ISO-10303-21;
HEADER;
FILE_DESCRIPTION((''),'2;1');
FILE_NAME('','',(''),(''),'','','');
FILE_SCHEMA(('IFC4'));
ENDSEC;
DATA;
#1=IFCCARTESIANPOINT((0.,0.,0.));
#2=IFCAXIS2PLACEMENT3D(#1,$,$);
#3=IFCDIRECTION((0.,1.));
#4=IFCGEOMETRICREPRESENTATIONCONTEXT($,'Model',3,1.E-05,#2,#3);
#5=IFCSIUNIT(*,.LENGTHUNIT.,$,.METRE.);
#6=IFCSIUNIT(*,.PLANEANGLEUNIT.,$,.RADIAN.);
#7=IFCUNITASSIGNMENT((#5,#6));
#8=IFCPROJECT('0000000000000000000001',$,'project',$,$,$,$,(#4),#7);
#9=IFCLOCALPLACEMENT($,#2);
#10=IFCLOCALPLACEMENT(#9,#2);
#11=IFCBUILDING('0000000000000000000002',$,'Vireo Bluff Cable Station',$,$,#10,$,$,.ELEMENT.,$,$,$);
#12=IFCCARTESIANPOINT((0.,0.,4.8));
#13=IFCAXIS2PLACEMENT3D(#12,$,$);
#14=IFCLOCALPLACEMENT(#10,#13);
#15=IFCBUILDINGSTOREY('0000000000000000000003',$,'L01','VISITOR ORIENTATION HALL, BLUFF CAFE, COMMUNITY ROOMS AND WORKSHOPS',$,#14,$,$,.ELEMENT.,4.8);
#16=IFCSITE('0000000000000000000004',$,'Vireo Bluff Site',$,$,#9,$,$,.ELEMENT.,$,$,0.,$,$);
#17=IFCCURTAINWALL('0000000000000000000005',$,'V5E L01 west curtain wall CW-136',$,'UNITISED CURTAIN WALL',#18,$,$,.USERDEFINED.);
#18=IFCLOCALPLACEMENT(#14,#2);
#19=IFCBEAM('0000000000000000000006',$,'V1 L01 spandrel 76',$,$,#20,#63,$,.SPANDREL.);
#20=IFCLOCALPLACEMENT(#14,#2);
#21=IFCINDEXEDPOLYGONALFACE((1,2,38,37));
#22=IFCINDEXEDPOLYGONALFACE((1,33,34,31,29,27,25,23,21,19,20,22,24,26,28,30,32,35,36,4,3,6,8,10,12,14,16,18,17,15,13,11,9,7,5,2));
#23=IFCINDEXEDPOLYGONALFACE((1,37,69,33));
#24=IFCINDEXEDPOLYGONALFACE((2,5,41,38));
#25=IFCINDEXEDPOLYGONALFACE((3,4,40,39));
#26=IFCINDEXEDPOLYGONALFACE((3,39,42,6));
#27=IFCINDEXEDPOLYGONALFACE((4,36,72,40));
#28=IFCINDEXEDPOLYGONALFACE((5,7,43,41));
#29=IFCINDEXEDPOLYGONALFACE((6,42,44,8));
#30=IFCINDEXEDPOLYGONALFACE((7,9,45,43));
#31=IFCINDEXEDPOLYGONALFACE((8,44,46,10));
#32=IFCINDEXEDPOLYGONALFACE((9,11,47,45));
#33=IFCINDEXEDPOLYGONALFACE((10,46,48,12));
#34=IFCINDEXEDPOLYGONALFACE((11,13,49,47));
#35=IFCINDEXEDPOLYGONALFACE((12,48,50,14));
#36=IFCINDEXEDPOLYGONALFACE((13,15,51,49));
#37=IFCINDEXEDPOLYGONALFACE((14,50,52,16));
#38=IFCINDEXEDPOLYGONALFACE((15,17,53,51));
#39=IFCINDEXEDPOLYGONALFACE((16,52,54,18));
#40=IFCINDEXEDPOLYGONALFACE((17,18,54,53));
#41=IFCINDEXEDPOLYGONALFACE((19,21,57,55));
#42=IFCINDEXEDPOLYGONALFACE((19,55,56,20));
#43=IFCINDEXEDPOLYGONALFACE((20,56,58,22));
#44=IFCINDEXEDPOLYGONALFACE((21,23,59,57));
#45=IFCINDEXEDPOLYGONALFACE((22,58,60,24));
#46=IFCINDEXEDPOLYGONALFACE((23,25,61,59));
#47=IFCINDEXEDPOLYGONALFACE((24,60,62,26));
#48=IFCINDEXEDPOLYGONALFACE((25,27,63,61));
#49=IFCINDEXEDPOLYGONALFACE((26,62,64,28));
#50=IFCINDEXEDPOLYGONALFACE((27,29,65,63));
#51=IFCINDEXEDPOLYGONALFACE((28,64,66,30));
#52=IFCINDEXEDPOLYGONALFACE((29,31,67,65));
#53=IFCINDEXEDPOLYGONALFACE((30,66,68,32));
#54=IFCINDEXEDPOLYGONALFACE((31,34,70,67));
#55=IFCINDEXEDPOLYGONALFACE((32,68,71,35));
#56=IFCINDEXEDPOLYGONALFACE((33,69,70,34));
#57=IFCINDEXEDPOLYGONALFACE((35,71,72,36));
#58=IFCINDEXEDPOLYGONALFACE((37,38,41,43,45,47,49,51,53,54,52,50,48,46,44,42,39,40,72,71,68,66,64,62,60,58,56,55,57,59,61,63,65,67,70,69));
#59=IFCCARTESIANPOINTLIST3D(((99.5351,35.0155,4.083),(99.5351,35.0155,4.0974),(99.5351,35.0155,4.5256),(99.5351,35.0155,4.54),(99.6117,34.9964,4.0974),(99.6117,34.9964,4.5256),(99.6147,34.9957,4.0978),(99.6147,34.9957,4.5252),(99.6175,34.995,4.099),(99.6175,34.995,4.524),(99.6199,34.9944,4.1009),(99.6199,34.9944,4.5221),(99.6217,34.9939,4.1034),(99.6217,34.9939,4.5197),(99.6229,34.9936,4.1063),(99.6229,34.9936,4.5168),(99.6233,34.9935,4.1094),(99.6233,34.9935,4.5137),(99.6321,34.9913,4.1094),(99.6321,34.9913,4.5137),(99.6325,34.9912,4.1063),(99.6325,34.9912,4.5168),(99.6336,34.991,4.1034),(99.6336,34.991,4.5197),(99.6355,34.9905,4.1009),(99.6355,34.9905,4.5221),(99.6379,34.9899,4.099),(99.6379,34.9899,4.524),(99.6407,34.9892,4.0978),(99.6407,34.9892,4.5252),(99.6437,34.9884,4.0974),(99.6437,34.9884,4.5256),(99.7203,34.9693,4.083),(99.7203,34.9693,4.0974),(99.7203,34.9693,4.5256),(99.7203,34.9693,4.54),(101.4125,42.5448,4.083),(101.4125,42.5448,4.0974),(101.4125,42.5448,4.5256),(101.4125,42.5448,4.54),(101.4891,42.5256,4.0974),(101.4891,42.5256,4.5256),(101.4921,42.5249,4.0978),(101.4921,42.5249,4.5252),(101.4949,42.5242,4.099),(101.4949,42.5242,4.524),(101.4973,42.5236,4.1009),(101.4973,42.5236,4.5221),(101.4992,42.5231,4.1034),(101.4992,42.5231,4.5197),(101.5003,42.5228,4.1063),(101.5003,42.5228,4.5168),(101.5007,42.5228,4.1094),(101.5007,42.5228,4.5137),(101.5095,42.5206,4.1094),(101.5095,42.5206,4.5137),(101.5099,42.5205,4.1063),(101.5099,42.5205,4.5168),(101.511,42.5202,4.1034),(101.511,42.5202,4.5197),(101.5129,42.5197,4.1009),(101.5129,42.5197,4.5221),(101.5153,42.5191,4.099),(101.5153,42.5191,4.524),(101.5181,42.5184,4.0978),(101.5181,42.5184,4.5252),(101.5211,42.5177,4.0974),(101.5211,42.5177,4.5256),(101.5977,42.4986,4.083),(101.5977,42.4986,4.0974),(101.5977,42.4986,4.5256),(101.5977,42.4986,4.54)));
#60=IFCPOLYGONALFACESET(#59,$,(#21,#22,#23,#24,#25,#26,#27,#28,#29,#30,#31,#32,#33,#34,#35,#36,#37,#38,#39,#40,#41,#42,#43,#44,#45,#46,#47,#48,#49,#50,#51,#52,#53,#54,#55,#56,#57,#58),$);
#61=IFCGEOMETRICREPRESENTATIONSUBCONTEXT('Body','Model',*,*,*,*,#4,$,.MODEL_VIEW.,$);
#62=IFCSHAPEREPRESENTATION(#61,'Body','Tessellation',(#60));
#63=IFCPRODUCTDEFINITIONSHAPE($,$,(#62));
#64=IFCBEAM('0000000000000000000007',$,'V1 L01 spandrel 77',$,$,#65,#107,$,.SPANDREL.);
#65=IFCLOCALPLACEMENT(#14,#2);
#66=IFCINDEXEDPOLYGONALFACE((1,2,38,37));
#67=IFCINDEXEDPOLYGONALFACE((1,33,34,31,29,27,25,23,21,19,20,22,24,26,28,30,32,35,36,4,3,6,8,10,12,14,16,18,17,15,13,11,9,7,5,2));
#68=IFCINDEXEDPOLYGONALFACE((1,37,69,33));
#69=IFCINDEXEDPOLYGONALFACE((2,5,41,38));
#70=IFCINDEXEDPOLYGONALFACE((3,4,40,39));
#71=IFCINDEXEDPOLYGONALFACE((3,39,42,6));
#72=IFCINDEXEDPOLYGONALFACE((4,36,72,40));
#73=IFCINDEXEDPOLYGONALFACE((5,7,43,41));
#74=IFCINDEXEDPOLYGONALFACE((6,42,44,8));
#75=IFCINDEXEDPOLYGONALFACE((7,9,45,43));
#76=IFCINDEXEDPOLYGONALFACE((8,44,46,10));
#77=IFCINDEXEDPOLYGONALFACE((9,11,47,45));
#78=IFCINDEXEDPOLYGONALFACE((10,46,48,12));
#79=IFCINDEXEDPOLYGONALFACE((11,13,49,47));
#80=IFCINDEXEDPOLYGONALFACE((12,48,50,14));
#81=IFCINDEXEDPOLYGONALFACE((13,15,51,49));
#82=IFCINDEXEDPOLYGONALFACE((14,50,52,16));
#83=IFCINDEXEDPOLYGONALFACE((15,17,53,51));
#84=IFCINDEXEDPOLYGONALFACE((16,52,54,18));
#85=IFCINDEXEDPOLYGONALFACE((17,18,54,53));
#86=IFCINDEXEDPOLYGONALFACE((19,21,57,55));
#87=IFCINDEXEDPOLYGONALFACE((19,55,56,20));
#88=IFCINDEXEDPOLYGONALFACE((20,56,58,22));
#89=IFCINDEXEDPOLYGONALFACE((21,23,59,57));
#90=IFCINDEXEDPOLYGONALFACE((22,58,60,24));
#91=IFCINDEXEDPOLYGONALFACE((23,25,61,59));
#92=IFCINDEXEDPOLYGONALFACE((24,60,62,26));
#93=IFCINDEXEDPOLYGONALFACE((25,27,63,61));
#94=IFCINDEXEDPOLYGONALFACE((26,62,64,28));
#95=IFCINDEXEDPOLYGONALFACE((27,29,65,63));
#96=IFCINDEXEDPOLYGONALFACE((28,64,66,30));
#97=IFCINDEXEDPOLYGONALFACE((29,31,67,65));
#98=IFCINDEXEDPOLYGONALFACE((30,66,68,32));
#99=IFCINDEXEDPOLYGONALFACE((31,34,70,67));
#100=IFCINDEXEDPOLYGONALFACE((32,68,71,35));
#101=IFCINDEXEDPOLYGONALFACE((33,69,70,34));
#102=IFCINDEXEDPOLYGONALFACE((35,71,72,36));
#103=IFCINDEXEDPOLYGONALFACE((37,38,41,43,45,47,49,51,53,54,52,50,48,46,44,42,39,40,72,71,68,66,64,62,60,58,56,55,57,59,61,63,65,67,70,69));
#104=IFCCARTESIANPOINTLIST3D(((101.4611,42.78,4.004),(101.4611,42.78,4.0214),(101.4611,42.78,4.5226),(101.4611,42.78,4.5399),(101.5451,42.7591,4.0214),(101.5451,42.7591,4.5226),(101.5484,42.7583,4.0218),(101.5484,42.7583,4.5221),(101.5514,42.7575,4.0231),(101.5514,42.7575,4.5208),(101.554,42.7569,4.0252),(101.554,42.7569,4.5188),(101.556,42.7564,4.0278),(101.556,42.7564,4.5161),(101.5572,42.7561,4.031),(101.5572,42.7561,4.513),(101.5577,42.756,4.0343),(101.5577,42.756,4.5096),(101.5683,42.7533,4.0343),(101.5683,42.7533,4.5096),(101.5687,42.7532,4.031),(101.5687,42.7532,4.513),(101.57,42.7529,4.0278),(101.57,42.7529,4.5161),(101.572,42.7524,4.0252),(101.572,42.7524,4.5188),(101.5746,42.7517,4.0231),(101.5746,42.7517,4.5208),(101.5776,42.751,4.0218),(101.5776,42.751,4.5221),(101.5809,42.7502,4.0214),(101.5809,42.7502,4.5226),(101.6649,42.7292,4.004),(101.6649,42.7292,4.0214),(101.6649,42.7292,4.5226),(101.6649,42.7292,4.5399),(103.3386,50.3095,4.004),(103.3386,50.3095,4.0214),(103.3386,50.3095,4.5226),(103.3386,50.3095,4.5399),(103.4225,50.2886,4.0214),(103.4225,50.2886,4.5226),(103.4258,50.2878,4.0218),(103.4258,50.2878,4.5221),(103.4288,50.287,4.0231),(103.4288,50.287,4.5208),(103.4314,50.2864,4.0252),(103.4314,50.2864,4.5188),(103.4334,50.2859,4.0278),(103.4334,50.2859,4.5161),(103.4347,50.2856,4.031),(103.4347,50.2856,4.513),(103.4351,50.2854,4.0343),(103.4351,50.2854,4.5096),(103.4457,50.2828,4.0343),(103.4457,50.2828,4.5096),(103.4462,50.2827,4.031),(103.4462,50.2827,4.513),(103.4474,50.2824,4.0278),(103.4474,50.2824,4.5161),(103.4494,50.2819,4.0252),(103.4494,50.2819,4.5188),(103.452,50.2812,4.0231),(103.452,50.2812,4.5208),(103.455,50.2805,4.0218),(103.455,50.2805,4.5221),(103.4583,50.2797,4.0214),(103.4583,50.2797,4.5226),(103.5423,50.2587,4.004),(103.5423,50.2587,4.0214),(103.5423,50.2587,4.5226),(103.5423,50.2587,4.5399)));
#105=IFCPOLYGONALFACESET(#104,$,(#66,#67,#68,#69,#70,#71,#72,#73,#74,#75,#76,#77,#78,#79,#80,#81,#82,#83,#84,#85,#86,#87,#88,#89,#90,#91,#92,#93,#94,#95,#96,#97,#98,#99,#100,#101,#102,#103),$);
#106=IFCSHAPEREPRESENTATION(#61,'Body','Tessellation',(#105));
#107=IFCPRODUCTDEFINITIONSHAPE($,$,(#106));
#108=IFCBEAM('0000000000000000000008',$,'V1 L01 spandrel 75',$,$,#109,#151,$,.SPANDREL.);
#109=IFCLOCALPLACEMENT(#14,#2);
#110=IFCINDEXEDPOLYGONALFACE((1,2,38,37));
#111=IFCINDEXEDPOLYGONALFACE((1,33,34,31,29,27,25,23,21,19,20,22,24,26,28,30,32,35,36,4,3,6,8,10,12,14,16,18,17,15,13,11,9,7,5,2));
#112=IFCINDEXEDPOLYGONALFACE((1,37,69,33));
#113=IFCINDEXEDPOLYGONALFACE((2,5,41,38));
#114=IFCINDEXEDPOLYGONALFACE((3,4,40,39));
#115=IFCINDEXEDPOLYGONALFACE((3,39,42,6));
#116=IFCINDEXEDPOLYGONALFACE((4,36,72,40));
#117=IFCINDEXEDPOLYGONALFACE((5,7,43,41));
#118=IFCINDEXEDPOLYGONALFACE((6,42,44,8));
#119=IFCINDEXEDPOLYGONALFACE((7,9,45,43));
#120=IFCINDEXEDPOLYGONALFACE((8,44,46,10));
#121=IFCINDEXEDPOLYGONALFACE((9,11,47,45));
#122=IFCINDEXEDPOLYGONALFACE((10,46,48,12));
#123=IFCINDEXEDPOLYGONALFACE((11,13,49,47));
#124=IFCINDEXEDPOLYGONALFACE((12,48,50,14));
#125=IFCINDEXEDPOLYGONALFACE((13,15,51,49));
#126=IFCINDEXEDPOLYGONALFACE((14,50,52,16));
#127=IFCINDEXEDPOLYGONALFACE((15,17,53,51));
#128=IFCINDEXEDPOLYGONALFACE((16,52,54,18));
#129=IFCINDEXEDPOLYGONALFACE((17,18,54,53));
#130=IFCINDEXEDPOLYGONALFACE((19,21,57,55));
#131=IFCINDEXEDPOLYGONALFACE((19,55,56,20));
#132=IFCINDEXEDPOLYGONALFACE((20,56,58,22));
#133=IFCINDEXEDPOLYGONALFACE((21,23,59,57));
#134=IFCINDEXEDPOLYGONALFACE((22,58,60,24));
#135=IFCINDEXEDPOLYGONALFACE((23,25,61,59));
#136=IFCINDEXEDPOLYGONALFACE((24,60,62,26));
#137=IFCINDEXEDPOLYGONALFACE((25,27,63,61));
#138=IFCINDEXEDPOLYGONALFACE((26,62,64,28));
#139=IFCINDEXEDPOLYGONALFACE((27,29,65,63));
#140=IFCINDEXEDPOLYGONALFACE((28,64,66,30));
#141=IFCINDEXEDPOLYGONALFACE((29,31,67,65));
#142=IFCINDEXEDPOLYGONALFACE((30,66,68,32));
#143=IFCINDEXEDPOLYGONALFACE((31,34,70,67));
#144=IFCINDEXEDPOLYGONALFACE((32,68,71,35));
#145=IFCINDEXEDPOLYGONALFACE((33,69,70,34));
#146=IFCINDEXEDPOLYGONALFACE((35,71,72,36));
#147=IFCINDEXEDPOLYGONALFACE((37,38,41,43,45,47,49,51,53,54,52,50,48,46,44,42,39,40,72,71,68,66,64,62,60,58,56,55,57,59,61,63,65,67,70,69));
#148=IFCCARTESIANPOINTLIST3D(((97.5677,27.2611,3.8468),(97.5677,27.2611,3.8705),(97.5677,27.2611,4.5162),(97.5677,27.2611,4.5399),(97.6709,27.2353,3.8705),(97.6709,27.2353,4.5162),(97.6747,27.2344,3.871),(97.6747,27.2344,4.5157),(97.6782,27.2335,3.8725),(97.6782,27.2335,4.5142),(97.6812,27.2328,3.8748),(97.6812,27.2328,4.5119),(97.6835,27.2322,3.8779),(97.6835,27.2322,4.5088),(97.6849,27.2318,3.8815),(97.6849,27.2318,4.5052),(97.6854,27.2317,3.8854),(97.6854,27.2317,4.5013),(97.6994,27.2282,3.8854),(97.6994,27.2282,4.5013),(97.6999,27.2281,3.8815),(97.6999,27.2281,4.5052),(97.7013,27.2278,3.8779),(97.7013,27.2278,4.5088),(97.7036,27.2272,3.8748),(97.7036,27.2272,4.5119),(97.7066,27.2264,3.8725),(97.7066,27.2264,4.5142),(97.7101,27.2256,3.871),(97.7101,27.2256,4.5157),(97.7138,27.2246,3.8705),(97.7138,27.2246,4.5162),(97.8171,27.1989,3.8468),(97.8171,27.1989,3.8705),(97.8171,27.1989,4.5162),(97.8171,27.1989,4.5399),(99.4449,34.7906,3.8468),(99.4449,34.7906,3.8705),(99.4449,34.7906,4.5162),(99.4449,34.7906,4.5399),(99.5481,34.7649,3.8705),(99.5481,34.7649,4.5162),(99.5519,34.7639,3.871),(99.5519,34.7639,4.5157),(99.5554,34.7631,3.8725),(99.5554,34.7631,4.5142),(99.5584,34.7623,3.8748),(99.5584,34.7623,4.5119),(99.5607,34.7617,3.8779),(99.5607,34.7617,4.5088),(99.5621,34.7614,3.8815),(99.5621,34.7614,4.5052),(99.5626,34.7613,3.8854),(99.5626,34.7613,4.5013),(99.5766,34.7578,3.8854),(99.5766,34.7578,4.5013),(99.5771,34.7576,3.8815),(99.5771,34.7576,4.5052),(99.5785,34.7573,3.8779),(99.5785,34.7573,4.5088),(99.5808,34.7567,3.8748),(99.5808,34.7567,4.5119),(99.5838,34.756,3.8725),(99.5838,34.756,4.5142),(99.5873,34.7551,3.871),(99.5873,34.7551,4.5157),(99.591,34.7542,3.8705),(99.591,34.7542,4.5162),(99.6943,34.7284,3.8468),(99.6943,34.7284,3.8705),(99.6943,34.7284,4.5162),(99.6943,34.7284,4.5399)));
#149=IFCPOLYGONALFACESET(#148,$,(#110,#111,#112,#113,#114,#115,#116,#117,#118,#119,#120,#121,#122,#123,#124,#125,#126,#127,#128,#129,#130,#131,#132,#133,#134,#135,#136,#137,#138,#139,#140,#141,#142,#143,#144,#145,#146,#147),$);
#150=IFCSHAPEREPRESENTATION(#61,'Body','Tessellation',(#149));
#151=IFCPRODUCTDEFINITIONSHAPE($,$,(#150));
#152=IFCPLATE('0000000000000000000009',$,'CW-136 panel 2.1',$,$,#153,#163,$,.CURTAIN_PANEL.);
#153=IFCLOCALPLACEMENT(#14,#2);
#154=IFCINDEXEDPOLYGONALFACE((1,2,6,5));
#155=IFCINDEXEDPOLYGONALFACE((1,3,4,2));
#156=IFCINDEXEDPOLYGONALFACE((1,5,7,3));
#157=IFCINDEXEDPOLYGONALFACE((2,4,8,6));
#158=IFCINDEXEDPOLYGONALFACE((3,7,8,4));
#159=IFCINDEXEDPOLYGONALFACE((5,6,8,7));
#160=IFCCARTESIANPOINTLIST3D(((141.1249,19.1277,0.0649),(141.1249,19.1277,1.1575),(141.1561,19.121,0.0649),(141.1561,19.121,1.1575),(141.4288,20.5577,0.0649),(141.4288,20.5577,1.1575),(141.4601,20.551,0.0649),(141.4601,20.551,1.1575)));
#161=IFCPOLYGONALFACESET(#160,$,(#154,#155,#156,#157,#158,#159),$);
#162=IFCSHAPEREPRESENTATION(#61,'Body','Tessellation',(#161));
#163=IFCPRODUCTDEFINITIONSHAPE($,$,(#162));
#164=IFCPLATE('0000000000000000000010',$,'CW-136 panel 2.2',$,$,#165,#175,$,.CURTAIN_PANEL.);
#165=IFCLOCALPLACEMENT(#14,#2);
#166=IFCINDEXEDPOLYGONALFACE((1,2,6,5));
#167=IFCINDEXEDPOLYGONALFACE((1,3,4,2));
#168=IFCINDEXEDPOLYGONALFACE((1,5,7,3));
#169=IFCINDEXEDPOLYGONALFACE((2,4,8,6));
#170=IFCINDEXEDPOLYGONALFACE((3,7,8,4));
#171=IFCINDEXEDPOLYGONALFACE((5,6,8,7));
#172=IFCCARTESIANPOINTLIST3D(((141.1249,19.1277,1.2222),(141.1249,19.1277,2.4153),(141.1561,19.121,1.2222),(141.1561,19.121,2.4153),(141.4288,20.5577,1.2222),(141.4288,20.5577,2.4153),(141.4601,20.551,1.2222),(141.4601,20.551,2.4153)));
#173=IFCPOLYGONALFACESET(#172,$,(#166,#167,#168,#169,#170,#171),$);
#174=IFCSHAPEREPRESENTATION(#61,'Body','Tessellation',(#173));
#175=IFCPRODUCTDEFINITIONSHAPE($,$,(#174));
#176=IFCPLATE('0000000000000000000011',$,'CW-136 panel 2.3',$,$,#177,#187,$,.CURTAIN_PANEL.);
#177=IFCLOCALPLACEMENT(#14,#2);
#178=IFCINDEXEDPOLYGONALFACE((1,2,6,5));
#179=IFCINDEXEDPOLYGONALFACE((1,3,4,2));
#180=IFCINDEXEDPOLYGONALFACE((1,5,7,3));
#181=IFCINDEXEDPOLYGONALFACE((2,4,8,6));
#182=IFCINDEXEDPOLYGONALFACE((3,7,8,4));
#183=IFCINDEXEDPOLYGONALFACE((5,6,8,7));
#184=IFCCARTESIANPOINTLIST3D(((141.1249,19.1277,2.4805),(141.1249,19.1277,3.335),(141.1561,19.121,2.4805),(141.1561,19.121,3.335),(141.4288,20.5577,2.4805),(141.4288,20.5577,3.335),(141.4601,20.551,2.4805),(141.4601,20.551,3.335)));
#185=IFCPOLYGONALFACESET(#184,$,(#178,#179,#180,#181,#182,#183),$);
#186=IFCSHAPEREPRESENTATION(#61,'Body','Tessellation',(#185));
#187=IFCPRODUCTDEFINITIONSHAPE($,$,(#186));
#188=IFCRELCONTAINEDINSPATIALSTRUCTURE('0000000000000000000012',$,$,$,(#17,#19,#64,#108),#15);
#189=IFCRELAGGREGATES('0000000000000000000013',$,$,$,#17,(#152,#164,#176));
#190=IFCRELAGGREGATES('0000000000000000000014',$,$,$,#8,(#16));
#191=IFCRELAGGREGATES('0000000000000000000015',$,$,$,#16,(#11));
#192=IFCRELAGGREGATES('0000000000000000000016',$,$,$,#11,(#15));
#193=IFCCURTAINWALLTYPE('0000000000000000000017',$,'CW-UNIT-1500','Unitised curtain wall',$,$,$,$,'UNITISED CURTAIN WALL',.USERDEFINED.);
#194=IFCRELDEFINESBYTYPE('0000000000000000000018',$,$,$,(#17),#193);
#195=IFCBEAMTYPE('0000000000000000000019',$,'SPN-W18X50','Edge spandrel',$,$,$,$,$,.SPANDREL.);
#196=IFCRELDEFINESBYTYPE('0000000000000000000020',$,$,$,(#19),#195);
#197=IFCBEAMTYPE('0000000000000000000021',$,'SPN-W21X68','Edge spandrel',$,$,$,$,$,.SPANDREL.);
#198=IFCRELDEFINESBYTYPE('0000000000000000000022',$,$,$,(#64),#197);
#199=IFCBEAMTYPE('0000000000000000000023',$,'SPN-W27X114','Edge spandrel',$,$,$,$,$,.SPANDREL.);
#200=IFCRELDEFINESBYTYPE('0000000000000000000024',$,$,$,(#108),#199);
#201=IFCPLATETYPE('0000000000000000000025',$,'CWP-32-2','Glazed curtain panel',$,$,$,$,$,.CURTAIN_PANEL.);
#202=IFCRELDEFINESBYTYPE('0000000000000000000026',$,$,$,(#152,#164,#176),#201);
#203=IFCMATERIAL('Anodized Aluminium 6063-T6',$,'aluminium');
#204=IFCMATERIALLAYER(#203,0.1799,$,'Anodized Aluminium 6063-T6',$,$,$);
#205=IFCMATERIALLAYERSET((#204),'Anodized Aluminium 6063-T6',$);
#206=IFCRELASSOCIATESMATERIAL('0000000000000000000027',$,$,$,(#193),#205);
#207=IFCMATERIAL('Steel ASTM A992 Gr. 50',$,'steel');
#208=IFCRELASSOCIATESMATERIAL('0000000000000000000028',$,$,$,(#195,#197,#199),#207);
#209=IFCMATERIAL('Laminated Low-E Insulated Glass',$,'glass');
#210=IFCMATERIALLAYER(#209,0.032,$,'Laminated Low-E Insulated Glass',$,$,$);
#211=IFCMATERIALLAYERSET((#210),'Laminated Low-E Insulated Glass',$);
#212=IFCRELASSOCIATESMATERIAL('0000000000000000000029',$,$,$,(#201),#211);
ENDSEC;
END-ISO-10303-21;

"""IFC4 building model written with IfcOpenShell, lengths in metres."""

from ifc_helpers import new_model, si_unit, direction, frame, origin, origin_2d, place, context, subcontext, project, spatial, rectangle, i_section, extrude, material, layer, layer_set, material_profile, profile_set, type_object, element, aggregate, save


model = new_model("IFC4")

# Units and contexts
model_context = context("Model", 3, precision=1e-05, world=origin(), true_north=direction((0.0, 1.0)))
body_context = subcontext(model_context, "Body", "Model", "MODEL_VIEW")
ifc_project = project(units=[si_unit("LENGTHUNIT", "METRE"), si_unit("PLANEANGLEUNIT", "RADIAN")], contexts=[model_context])

# Site, building, storey
site_placement = place(None, origin())
site = spatial("IfcSite", under=ifc_project, at=site_placement, Name="Vireo Bluff Site", CompositionType="ELEMENT", RefElevation=0.0)
building_placement = place(site_placement, origin())
building = spatial("IfcBuilding", under=site, at=building_placement, Name="Vireo Bluff Cable Station", CompositionType="ELEMENT")
storey_placement = place(building_placement, frame((0.0, 0.0, 4.8)))
storey = spatial("IfcBuildingStorey", under=building, at=storey_placement, Name="L01", Description="VISITOR ORIENTATION HALL, BLUFF CAFE, COMMUNITY ROOMS AND WORKSHOPS", CompositionType="ELEMENT", Elevation=4.8)

# Shared definitions
ifc_material_1 = material(Name="Steel ASTM A992 Gr. 50", Category="steel")

# Curtain wall
ifc_material_2 = material(Name="Anodized Aluminium 6063-T6", Category="aluminium")
ifc_layer_1 = layer(ifc_material_2, 0.1799, Name="Anodized Aluminium 6063-T6")
ifc_layer_set_1 = layer_set([ifc_layer_1], Name="Anodized Aluminium 6063-T6")
curtain_wall_type = type_object("IfcCurtainWallType", Name="CW-UNIT-1500", Description="Unitised curtain wall", ElementType="UNITISED CURTAIN WALL", PredefinedType="USERDEFINED", material=ifc_layer_set_1)
curtain_wall_placement = place(storey_placement, origin())
curtain_wall = element("IfcCurtainWall", 1, at=curtain_wall_placement, inside=storey, type_object=curtain_wall_type, Name="V5E L01 west curtain wall CW-136", ObjectType="UNITISED CURTAIN WALL", PredefinedType="USERDEFINED")

# Beams
ifc_material_profile_1 = material_profile(ifc_material_1, i_section(OverallWidth=0.1909, OverallDepth=0.457, WebThickness=0.009, FlangeThickness=0.0144, FilletRadius=0.012, at=origin_2d()), Name="W18X50")
ifc_profile_set_1 = profile_set([ifc_material_profile_1], Name="Steel ASTM A992 Gr. 50")
beam_type_1 = type_object("IfcBeamType", Name="SPN-W18X50", Description="Edge spandrel", PredefinedType="SPANDREL", material=ifc_profile_set_1)
beam_1_placement = place(storey_placement, frame((99.6277, 34.9924, 4.3115), z_axis=(0.241943, 0.97029, 0.0), x_axis=(-0.97029, 0.241943, 0.0)))
element("IfcBeam", 2, at=beam_1_placement, inside=storey, type_object=beam_type_1, Name="V1 L01 spandrel 76", PredefinedType="SPANDREL", context=body_context, shape_type="SweptSolid", body=[
    extrude(i_section(OverallWidth=0.1909, OverallDepth=0.457, WebThickness=0.009, FlangeThickness=0.0144, FilletRadius=0.012, at=origin_2d()), origin(), (0.0, 0.0, 1.0), 7.7598),
])
ifc_material_profile_2 = material_profile(ifc_material_1, i_section(OverallWidth=0.21, OverallDepth=0.5359, WebThickness=0.011, FlangeThickness=0.0173, FilletRadius=0.0129, at=origin_2d()), Name="W21X68")
ifc_profile_set_2 = profile_set([ifc_material_profile_2], Name="Steel ASTM A992 Gr. 50")
beam_type_2 = type_object("IfcBeamType", Name="SPN-W21X68", Description="Edge spandrel", PredefinedType="SPANDREL", material=ifc_profile_set_2)
beam_2_placement = place(storey_placement, frame((101.563, 42.7546, 4.272), z_axis=(0.241936, 0.970292, 0.0), x_axis=(-0.970292, 0.241936, 0.0)))
element("IfcBeam", 3, at=beam_2_placement, inside=storey, type_object=beam_type_2, Name="V1 L01 spandrel 77", PredefinedType="SPANDREL", context=body_context, shape_type="SweptSolid", body=[
    extrude(i_section(OverallWidth=0.21, OverallDepth=0.5359, WebThickness=0.011, FlangeThickness=0.0173, FilletRadius=0.0129, at=origin_2d()), origin(), (0.0, 0.0, 1.0), 7.76),
])
ifc_material_profile_3 = material_profile(ifc_material_1, i_section(OverallWidth=0.2571, OverallDepth=0.6931, WebThickness=0.0144, FlangeThickness=0.0237, FilletRadius=0.0149, at=origin_2d()), Name="W27X114")
ifc_profile_set_3 = profile_set([ifc_material_profile_3], Name="Steel ASTM A992 Gr. 50")
beam_type_3 = type_object("IfcBeamType", Name="SPN-W27X114", Description="Edge spandrel", PredefinedType="SPANDREL", material=ifc_profile_set_3)
beam_3_placement = place(storey_placement, frame((97.6924, 27.23, 4.1934), z_axis=(0.241906, 0.9703, 0.0), x_axis=(-0.9703, 0.241906, 0.0)))
element("IfcBeam", 4, at=beam_3_placement, inside=storey, type_object=beam_type_3, Name="V1 L01 spandrel 75", PredefinedType="SPANDREL", context=body_context, shape_type="SweptSolid", body=[
    extrude(i_section(OverallWidth=0.2571, OverallDepth=0.6931, WebThickness=0.0144, FlangeThickness=0.0237, FilletRadius=0.0149, at=origin_2d()), origin(), (0.0, 0.0, 1.0), 7.76),
])

# Plates
ifc_material_3 = material(Name="Laminated Low-E Insulated Glass", Category="glass")
ifc_layer_2 = layer(ifc_material_3, 0.032, Name="Laminated Low-E Insulated Glass")
ifc_layer_set_2 = layer_set([ifc_layer_2], Name="Laminated Low-E Insulated Glass")
plate_type = type_object("IfcPlateType", Name="CWP-32-2", Description="Glazed curtain panel", PredefinedType="CURTAIN_PANEL", material=ifc_layer_set_2)
plate_1_placement = place(storey_placement, frame((141.2925, 19.8394, 0.0649), z_axis=(0.0, 0.0, 1.0), x_axis=(0.207912, 0.978148, 0.0)))
plate_1 = element("IfcPlate", 5, at=plate_1_placement, type_object=plate_type, Name="CW-136 panel 2.1", PredefinedType="CURTAIN_PANEL", context=body_context, shape_type="SweptSolid", body=[
    extrude(rectangle(XDim=1.4619, YDim=0.032, at=origin_2d()), origin(), (0.0, 0.0, 1.0), 1.0925),
])
plate_2_placement = place(storey_placement, frame((141.2925, 19.8394, 1.2222), z_axis=(0.0, 0.0, 1.0), x_axis=(0.207912, 0.978148, 0.0)))
plate_2 = element("IfcPlate", 6, at=plate_2_placement, type_object=plate_type, Name="CW-136 panel 2.2", PredefinedType="CURTAIN_PANEL", context=body_context, shape_type="SweptSolid", body=[
    extrude(rectangle(XDim=1.4619, YDim=0.032, at=origin_2d()), origin(), (0.0, 0.0, 1.0), 1.1931),
])
plate_3_placement = place(storey_placement, frame((141.2925, 19.8394, 2.4805), z_axis=(0.0, 0.0, 1.0), x_axis=(0.207912, 0.978148, 0.0)))
plate_3 = element("IfcPlate", 7, at=plate_3_placement, type_object=plate_type, Name="CW-136 panel 2.3", PredefinedType="CURTAIN_PANEL", context=body_context, shape_type="SweptSolid", body=[
    extrude(rectangle(XDim=1.4619, YDim=0.032, at=origin_2d()), origin(), (0.0, 0.0, 1.0), 0.8545),
])
aggregate(curtain_wall, [plate_1, plate_2, plate_3])

save(model, "model.ifc")
